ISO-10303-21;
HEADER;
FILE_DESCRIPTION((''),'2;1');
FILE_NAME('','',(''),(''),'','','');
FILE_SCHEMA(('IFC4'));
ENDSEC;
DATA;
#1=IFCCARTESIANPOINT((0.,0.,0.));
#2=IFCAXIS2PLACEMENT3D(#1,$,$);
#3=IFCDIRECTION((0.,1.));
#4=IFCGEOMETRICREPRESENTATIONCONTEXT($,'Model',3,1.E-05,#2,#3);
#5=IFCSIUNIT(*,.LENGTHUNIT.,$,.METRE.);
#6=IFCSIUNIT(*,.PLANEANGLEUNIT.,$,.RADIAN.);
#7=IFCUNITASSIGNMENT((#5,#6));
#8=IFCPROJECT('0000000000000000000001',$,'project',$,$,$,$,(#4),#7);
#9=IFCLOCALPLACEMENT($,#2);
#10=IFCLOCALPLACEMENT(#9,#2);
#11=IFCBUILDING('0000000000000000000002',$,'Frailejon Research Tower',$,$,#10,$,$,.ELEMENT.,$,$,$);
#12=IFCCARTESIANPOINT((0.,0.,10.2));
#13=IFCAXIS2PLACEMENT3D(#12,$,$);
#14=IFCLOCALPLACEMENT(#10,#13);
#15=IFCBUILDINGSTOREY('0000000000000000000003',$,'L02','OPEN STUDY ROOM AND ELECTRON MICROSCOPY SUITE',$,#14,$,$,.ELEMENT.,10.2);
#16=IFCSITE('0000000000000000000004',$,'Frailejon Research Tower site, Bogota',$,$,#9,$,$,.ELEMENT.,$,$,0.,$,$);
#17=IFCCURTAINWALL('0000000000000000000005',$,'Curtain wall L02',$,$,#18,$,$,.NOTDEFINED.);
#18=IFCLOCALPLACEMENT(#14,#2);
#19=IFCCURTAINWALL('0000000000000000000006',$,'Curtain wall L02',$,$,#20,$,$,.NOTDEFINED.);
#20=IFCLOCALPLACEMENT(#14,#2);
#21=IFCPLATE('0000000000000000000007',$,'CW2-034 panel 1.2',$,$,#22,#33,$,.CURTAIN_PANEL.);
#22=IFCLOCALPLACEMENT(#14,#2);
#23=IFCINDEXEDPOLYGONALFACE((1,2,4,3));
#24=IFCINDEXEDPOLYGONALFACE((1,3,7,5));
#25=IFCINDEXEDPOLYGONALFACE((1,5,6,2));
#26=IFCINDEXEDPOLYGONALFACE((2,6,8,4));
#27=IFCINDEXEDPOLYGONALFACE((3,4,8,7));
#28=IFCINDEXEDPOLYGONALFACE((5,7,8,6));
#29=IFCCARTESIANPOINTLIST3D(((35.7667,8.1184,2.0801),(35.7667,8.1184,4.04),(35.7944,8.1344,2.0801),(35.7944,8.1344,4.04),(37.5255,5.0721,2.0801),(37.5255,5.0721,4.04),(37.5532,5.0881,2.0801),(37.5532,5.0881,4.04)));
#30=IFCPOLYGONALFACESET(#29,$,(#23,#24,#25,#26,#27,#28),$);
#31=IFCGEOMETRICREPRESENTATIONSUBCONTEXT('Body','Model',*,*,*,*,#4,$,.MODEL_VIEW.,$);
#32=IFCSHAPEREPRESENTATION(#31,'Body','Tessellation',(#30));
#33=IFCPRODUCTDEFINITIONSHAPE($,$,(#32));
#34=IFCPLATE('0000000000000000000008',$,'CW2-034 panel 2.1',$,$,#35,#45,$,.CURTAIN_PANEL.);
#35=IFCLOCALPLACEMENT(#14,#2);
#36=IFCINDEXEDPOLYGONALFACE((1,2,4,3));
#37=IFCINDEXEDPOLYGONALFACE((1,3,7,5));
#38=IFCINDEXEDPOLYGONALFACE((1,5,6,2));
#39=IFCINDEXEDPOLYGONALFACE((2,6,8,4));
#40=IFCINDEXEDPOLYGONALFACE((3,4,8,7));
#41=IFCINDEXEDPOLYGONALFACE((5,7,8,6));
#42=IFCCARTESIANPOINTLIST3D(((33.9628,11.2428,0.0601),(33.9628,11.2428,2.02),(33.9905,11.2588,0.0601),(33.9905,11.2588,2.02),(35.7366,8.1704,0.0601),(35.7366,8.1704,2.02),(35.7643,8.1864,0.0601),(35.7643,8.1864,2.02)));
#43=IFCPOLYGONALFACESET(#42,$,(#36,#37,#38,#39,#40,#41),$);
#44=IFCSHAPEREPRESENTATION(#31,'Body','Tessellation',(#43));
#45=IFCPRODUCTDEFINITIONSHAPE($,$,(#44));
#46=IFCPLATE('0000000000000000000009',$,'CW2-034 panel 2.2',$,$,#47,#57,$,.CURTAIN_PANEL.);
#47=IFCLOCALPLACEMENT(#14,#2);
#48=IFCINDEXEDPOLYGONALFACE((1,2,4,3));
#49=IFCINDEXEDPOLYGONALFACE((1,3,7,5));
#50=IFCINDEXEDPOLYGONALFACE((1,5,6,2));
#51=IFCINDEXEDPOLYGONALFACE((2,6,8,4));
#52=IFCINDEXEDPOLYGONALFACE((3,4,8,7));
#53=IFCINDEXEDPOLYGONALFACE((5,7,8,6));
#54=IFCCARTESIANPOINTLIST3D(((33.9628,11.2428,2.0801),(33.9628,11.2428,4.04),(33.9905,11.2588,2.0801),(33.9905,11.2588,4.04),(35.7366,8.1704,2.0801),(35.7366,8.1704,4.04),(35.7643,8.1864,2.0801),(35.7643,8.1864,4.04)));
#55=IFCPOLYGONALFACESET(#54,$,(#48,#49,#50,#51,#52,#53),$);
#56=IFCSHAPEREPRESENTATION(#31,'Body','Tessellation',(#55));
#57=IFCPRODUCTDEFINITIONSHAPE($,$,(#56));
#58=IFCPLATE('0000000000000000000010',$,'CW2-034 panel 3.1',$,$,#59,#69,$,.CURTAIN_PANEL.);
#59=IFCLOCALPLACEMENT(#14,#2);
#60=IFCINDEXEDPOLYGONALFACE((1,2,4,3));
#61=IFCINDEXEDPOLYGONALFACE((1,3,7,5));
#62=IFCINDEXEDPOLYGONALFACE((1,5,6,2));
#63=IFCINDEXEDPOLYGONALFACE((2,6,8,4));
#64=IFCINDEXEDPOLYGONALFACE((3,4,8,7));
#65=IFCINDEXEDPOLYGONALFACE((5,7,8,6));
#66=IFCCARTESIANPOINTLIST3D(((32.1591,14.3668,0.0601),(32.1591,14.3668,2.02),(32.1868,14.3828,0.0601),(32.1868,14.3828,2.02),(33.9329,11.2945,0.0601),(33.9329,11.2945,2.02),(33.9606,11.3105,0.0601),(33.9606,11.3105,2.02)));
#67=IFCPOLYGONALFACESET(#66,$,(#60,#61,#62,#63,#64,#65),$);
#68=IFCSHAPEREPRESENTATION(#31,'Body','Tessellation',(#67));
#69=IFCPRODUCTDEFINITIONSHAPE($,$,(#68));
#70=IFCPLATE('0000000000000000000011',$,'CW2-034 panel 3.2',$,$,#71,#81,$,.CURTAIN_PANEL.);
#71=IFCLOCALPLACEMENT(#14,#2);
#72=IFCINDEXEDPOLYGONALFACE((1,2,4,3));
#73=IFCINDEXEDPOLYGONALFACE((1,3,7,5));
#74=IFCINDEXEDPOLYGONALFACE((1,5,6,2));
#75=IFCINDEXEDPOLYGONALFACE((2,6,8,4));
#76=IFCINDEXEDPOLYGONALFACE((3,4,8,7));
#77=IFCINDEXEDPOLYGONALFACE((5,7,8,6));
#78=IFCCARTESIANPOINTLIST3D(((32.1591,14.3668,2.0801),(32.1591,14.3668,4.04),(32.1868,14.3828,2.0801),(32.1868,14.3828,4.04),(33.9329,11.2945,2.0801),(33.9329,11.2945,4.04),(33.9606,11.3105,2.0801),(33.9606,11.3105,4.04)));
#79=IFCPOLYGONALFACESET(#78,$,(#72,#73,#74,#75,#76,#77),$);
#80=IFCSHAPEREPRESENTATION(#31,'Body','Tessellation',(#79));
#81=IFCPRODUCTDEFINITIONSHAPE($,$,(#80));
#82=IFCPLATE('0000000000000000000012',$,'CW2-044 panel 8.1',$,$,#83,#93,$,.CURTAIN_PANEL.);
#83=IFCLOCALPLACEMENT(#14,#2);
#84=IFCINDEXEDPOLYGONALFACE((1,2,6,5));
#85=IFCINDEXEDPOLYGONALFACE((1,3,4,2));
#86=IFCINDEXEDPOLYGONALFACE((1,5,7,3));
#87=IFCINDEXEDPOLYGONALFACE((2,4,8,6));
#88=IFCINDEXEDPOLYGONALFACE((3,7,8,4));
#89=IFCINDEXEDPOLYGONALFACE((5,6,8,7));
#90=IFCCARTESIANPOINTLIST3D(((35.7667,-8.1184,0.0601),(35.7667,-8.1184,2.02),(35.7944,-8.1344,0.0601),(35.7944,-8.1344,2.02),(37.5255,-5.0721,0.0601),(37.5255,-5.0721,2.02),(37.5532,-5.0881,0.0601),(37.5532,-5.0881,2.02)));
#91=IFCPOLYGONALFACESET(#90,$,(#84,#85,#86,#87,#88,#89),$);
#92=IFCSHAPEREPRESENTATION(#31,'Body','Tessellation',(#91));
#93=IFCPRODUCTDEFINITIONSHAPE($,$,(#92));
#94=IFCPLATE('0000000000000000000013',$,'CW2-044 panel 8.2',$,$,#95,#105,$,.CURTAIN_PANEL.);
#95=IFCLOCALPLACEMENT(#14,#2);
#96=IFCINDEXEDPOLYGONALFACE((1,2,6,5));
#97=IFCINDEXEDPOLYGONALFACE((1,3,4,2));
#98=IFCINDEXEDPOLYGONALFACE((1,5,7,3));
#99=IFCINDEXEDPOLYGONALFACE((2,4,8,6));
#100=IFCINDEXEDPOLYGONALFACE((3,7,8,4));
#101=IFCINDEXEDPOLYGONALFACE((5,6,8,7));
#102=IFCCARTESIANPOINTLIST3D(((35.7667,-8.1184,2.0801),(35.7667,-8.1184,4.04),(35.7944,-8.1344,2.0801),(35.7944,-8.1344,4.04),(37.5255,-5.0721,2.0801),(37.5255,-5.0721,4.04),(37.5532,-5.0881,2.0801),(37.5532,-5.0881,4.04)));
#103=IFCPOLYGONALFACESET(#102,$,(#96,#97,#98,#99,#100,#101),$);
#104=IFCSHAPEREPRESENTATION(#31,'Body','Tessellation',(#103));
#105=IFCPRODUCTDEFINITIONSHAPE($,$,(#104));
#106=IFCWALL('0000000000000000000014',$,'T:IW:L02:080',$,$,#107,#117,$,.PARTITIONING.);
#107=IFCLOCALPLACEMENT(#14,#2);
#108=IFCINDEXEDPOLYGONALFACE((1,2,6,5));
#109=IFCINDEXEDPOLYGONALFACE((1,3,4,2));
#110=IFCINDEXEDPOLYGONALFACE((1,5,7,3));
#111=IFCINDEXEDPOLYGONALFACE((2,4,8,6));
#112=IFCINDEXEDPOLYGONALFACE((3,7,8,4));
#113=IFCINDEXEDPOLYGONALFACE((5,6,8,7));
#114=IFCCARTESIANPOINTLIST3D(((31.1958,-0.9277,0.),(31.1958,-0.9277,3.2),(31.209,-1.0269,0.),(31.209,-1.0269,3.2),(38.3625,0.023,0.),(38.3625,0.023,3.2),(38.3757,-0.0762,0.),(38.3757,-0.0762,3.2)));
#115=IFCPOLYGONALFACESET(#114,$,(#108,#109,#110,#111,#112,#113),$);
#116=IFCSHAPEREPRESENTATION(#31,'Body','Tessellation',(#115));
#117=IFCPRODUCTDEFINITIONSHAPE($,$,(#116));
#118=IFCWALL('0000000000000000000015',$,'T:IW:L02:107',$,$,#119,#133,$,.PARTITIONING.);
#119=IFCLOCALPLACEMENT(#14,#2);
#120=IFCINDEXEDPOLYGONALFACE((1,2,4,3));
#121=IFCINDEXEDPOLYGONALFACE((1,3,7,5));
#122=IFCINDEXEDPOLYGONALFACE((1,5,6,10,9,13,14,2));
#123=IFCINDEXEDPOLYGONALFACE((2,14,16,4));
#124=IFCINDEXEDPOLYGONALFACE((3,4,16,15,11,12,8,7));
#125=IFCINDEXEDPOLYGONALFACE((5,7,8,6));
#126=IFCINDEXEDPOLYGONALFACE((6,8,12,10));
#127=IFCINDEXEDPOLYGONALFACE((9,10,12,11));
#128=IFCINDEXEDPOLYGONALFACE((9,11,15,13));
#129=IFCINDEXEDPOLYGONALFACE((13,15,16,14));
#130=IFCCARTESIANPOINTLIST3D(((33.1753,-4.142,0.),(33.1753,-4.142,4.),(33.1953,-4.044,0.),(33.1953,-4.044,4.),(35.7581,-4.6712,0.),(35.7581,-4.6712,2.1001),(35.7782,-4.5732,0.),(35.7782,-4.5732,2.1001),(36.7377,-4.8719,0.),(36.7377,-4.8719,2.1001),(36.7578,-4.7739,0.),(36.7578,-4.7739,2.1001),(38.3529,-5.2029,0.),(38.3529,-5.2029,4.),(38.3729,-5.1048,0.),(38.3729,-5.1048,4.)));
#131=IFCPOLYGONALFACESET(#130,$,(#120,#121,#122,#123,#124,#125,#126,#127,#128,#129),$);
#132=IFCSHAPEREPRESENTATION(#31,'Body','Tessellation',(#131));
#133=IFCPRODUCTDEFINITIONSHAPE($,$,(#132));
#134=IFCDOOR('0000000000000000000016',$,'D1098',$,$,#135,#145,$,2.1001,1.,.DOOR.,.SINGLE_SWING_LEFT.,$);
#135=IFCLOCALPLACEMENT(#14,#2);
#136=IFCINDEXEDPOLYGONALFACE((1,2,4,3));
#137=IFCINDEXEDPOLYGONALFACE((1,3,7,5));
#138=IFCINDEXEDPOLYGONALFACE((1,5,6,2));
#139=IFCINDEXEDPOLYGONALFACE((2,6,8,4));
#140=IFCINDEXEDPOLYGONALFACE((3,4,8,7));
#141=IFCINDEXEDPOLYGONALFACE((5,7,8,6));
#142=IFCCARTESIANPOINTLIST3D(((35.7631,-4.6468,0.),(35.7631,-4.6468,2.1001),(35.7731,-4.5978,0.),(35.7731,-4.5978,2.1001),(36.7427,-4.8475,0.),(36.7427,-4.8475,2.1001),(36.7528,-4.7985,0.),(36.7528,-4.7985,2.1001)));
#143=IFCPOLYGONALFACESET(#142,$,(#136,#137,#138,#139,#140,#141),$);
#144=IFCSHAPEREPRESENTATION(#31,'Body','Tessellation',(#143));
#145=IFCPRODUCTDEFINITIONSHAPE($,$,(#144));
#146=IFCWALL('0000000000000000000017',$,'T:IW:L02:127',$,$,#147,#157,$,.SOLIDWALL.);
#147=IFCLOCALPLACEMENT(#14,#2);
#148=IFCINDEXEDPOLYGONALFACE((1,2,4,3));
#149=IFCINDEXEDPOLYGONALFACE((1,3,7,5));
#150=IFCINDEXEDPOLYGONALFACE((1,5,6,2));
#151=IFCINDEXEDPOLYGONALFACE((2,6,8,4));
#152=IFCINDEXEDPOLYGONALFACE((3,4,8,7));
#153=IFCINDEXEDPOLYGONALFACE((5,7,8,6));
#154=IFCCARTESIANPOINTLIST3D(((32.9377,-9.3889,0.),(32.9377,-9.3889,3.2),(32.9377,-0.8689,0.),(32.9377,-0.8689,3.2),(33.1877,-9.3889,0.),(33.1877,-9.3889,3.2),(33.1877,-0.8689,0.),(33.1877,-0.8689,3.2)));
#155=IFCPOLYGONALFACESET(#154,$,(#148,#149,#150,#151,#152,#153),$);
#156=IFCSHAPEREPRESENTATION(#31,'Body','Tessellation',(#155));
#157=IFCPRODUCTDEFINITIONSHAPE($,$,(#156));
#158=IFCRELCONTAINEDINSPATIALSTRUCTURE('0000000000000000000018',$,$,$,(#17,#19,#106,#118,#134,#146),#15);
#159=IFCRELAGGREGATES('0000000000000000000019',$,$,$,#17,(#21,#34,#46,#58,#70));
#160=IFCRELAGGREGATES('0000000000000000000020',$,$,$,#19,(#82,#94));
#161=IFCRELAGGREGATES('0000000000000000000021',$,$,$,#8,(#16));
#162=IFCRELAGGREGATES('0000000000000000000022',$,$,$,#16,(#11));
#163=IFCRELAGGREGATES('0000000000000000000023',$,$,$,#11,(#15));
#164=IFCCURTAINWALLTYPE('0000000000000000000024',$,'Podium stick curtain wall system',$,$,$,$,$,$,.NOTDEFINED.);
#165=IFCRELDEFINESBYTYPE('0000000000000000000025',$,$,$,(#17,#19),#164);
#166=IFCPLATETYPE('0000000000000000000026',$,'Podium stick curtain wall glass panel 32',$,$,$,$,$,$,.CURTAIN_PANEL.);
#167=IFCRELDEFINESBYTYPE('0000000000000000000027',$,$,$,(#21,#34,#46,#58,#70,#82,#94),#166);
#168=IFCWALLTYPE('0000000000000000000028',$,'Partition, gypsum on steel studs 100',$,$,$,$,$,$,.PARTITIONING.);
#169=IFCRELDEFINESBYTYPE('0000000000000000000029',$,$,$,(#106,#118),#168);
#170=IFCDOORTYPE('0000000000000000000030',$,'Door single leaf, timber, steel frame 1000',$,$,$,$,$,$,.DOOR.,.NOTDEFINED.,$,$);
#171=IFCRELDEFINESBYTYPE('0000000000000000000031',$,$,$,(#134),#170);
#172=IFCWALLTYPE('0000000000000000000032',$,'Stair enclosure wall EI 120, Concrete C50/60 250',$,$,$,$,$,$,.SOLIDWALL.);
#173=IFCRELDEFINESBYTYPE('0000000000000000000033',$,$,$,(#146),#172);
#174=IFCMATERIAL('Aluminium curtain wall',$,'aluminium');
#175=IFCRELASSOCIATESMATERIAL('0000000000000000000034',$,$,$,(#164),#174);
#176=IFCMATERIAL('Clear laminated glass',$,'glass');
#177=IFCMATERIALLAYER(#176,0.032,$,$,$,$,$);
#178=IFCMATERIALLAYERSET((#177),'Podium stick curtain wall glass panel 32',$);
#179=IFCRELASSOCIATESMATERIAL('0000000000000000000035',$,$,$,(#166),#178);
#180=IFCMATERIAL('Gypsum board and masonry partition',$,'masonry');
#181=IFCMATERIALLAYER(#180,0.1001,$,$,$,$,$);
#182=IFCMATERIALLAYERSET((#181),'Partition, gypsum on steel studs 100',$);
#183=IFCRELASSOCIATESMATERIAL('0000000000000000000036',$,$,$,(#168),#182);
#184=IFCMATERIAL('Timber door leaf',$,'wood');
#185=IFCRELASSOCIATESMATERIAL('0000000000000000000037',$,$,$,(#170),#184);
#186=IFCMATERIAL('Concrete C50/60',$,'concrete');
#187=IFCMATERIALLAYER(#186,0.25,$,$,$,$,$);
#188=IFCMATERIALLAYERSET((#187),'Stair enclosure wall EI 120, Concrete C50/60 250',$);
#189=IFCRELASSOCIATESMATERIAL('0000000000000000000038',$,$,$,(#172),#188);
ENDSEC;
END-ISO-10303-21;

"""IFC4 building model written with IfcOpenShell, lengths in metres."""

from ifc_helpers import new_model, si_unit, direction, frame, frame_2d, origin, origin_2d, place, context, subcontext, project, spatial, rectangle, extrude, material, layer, layer_set, type_object, element, fill, aggregate, save


model = new_model("IFC4")

# Units and contexts
model_context = context("Model", 3, precision=1e-05, world=origin(), true_north=direction((0.0, 1.0)))
body_context = subcontext(model_context, "Body", "Model", "MODEL_VIEW")
ifc_project = project(units=[si_unit("LENGTHUNIT", "METRE"), si_unit("PLANEANGLEUNIT", "RADIAN")], contexts=[model_context])

# Site, building, storey
site_placement = place(None, origin())
site = spatial("IfcSite", under=ifc_project, at=site_placement, Name="Frailejon Research Tower site, Bogota", CompositionType="ELEMENT", RefElevation=0.0)
building_placement = place(site_placement, origin())
building = spatial("IfcBuilding", under=site, at=building_placement, Name="Frailejon Research Tower", CompositionType="ELEMENT")
storey_placement = place(building_placement, frame((0.0, 0.0, 10.2)))
storey = spatial("IfcBuildingStorey", under=building, at=storey_placement, Name="L02", Description="OPEN STUDY ROOM AND ELECTRON MICROSCOPY SUITE", CompositionType="ELEMENT", Elevation=10.2)

# Curtain walls
ifc_material_1 = material(Name="Aluminium curtain wall", Category="aluminium")
curtain_wall_type = type_object("IfcCurtainWallType", Name="Podium stick curtain wall system", PredefinedType="NOTDEFINED", material=ifc_material_1)
curtain_wall_1_placement = place(storey_placement, origin())
curtain_wall_1 = element("IfcCurtainWall", 1, at=curtain_wall_1_placement, inside=storey, type_object=curtain_wall_type, Name="Curtain wall L02", PredefinedType="NOTDEFINED")
curtain_wall_2_placement = place(storey_placement, origin())
curtain_wall_2 = element("IfcCurtainWall", 2, at=curtain_wall_2_placement, inside=storey, type_object=curtain_wall_type, Name="Curtain wall L02", PredefinedType="NOTDEFINED")

# Plates
ifc_material_2 = material(Name="Clear laminated glass", Category="glass")
ifc_layer_1 = layer(ifc_material_2, 0.032)
ifc_layer_set_1 = layer_set([ifc_layer_1], Name="Podium stick curtain wall glass panel 32")
plate_type = type_object("IfcPlateType", Name="Podium stick curtain wall glass panel 32", PredefinedType="CURTAIN_PANEL", material=ifc_layer_set_1)
plate_1_placement = place(storey_placement, frame((36.6599, 6.6033, 2.0801), z_axis=(0.0, 0.0, 1.0), x_axis=(-0.499998, 0.866026, 0.0)))
plate_1 = element("IfcPlate", 3, at=plate_1_placement, type_object=plate_type, Name="CW2-034 panel 1.2", PredefinedType="CURTAIN_PANEL", context=body_context, shape_type="SweptSolid", body=[
    extrude(rectangle(XDim=3.5176, YDim=0.032, at=origin_2d()), origin(), (0.0, 0.0, 1.0), 1.96),
])
plate_2_placement = place(storey_placement, frame((34.8635, 9.7146, 0.0601), z_axis=(0.0, 0.0, 1.0), x_axis=(-0.499998, 0.866026, 0.0)))
plate_2 = element("IfcPlate", 4, at=plate_2_placement, type_object=plate_type, Name="CW2-034 panel 2.1", PredefinedType="CURTAIN_PANEL", context=body_context, shape_type="SweptSolid", body=[
    extrude(rectangle(XDim=3.5476, YDim=0.032, at=origin_2d()), origin(), (0.0, 0.0, 1.0), 1.96),
])
plate_3_placement = place(storey_placement, frame((34.8635, 9.7146, 2.0801), z_axis=(0.0, 0.0, 1.0), x_axis=(-0.499998, 0.866026, 0.0)))
plate_3 = element("IfcPlate", 5, at=plate_3_placement, type_object=plate_type, Name="CW2-034 panel 2.2", PredefinedType="CURTAIN_PANEL", context=body_context, shape_type="SweptSolid", body=[
    extrude(rectangle(XDim=3.5476, YDim=0.032, at=origin_2d()), origin(), (0.0, 0.0, 1.0), 1.96),
])
plate_4_placement = place(storey_placement, frame((33.0598, 12.8386, 0.0601), z_axis=(0.0, 0.0, 1.0), x_axis=(-0.499998, 0.866026, 0.0)))
plate_4 = element("IfcPlate", 6, at=plate_4_placement, type_object=plate_type, Name="CW2-034 panel 3.1", PredefinedType="CURTAIN_PANEL", context=body_context, shape_type="SweptSolid", body=[
    extrude(rectangle(XDim=3.5476, YDim=0.032, at=origin_2d()), origin(), (0.0, 0.0, 1.0), 1.96),
])
plate_5_placement = place(storey_placement, frame((33.0598, 12.8386, 2.0801), z_axis=(0.0, 0.0, 1.0), x_axis=(-0.499998, 0.866026, 0.0)))
plate_5 = element("IfcPlate", 7, at=plate_5_placement, type_object=plate_type, Name="CW2-034 panel 3.2", PredefinedType="CURTAIN_PANEL", context=body_context, shape_type="SweptSolid", body=[
    extrude(rectangle(XDim=3.5476, YDim=0.032, at=origin_2d()), origin(), (0.0, 0.0, 1.0), 1.96),
])
aggregate(curtain_wall_1, [plate_1, plate_2, plate_3, plate_4, plate_5])
plate_6_placement = place(storey_placement, frame((36.6599, -6.6033, 0.0601), z_axis=(0.0, 0.0, 1.0), x_axis=(0.499998, 0.866026, 0.0)))
plate_6 = element("IfcPlate", 8, at=plate_6_placement, type_object=plate_type, Name="CW2-044 panel 8.1", PredefinedType="CURTAIN_PANEL", context=body_context, shape_type="SweptSolid", body=[
    extrude(rectangle(XDim=3.5176, YDim=0.032, at=origin_2d()), origin(), (0.0, 0.0, 1.0), 1.96),
])
plate_7_placement = place(storey_placement, frame((36.6599, -6.6033, 2.0801), z_axis=(0.0, 0.0, 1.0), x_axis=(0.499998, 0.866026, 0.0)))
plate_7 = element("IfcPlate", 9, at=plate_7_placement, type_object=plate_type, Name="CW2-044 panel 8.2", PredefinedType="CURTAIN_PANEL", context=body_context, shape_type="SweptSolid", body=[
    extrude(rectangle(XDim=3.5176, YDim=0.032, at=origin_2d()), origin(), (0.0, 0.0, 1.0), 1.96),
])
aggregate(curtain_wall_2, [plate_6, plate_7])

# Wall
ifc_material_3 = material(Name="Gypsum board and masonry partition", Category="masonry")
ifc_layer_2 = layer(ifc_material_3, 0.1001)
ifc_layer_set_2 = layer_set([ifc_layer_2], Name="Partition, gypsum on steel studs 100")
wall_type_1 = type_object("IfcWallType", Name="Partition, gypsum on steel studs 100", PredefinedType="PARTITIONING", material=ifc_layer_set_2)
wall_1_placement = place(storey_placement, frame((31.2024, -0.9773, 0.0), z_axis=(0.0, 0.0, 1.0), x_axis=(0.991316, 0.1315, 0.0)))
element("IfcWall", 10, at=wall_1_placement, inside=storey, type_object=wall_type_1, Name="T:IW:L02:080", PredefinedType="PARTITIONING", context=body_context, shape_type="SweptSolid", body=[
    extrude(rectangle(XDim=7.2295, YDim=0.1001, at=frame_2d((3.6147, 0.0))), origin(), (0.0, 0.0, 1.0), 3.2),
])

# Wall, opening, door
wall_2_placement = place(storey_placement, frame((33.1853, -4.093, 0.0), z_axis=(0.0, 0.0, 1.0), x_axis=(0.97965, -0.200716, 0.0)))
wall_2 = element("IfcWall", 11, at=wall_2_placement, inside=storey, type_object=wall_type_1, Name="T:IW:L02:107", PredefinedType="PARTITIONING", context=body_context, shape_type="SweptSolid", body=[
    extrude(rectangle(XDim=5.2852, YDim=0.1001, at=frame_2d((2.6426, 0.0))), origin(), (0.0, 0.0, 1.0), 4.0),
])
opening_placement = place(wall_2_placement, frame((2.6365, 0.0, 0.0)))
opening = element("IfcOpeningElement", 12, at=opening_placement, cuts=wall_2, PredefinedType="OPENING", context=body_context, shape_type="SweptSolid", body=[
    extrude(rectangle(XDim=1.0, YDim=2.1001, at=frame_2d((0.5, 1.05))), frame((0.0, 0.0601, 0.0), z_axis=(0.0, -1.0, 0.0), x_axis=(1.0, 0.0, 0.0)), (0.0, 0.0, 1.0), 0.1201),
])
ifc_material_4 = material(Name="Timber door leaf", Category="wood")
door_type = type_object("IfcDoorType", Name="Door single leaf, timber, steel frame 1000", OperationType="NOTDEFINED", PredefinedType="DOOR", material=ifc_material_4)
door_placement = place(opening_placement, origin())
door = element("IfcDoor", 13, at=door_placement, inside=storey, type_object=door_type, Name="D1098", OperationType="SINGLE_SWING_LEFT", OverallHeight=2.1001, OverallWidth=1.0, PredefinedType="DOOR", context=body_context, shape_type="SweptSolid", body=[
    extrude(rectangle(XDim=1.0, YDim=2.1001, at=frame_2d((0.5, 1.05))), frame((0.0, 0.0249, 0.0), z_axis=(0.0, -1.0, 0.0), x_axis=(1.0, 0.0, 0.0)), (0.0, 0.0, 1.0), 0.05),
])
fill(opening, door)

# Wall
ifc_material_5 = material(Name="Concrete C50/60", Category="concrete")
ifc_layer_3 = layer(ifc_material_5, 0.25)
ifc_layer_set_3 = layer_set([ifc_layer_3], Name="Stair enclosure wall EI 120, Concrete C50/60 250")
wall_type_2 = type_object("IfcWallType", Name="Stair enclosure wall EI 120, Concrete C50/60 250", PredefinedType="SOLIDWALL", material=ifc_layer_set_3)
wall_3_placement = place(storey_placement, frame((33.0627, -9.3889, 0.0), z_axis=(0.0, 0.0, 1.0), x_axis=(0.0, 1.0, 0.0)))
element("IfcWall", 14, at=wall_3_placement, inside=storey, type_object=wall_type_2, Name="T:IW:L02:127", PredefinedType="SOLIDWALL", context=body_context, shape_type="SweptSolid", body=[
    extrude(rectangle(XDim=8.52, YDim=0.25, at=frame_2d((4.26, 0.0))), origin(), (0.0, 0.0, 1.0), 3.2),
])

save(model, "model.ifc")
